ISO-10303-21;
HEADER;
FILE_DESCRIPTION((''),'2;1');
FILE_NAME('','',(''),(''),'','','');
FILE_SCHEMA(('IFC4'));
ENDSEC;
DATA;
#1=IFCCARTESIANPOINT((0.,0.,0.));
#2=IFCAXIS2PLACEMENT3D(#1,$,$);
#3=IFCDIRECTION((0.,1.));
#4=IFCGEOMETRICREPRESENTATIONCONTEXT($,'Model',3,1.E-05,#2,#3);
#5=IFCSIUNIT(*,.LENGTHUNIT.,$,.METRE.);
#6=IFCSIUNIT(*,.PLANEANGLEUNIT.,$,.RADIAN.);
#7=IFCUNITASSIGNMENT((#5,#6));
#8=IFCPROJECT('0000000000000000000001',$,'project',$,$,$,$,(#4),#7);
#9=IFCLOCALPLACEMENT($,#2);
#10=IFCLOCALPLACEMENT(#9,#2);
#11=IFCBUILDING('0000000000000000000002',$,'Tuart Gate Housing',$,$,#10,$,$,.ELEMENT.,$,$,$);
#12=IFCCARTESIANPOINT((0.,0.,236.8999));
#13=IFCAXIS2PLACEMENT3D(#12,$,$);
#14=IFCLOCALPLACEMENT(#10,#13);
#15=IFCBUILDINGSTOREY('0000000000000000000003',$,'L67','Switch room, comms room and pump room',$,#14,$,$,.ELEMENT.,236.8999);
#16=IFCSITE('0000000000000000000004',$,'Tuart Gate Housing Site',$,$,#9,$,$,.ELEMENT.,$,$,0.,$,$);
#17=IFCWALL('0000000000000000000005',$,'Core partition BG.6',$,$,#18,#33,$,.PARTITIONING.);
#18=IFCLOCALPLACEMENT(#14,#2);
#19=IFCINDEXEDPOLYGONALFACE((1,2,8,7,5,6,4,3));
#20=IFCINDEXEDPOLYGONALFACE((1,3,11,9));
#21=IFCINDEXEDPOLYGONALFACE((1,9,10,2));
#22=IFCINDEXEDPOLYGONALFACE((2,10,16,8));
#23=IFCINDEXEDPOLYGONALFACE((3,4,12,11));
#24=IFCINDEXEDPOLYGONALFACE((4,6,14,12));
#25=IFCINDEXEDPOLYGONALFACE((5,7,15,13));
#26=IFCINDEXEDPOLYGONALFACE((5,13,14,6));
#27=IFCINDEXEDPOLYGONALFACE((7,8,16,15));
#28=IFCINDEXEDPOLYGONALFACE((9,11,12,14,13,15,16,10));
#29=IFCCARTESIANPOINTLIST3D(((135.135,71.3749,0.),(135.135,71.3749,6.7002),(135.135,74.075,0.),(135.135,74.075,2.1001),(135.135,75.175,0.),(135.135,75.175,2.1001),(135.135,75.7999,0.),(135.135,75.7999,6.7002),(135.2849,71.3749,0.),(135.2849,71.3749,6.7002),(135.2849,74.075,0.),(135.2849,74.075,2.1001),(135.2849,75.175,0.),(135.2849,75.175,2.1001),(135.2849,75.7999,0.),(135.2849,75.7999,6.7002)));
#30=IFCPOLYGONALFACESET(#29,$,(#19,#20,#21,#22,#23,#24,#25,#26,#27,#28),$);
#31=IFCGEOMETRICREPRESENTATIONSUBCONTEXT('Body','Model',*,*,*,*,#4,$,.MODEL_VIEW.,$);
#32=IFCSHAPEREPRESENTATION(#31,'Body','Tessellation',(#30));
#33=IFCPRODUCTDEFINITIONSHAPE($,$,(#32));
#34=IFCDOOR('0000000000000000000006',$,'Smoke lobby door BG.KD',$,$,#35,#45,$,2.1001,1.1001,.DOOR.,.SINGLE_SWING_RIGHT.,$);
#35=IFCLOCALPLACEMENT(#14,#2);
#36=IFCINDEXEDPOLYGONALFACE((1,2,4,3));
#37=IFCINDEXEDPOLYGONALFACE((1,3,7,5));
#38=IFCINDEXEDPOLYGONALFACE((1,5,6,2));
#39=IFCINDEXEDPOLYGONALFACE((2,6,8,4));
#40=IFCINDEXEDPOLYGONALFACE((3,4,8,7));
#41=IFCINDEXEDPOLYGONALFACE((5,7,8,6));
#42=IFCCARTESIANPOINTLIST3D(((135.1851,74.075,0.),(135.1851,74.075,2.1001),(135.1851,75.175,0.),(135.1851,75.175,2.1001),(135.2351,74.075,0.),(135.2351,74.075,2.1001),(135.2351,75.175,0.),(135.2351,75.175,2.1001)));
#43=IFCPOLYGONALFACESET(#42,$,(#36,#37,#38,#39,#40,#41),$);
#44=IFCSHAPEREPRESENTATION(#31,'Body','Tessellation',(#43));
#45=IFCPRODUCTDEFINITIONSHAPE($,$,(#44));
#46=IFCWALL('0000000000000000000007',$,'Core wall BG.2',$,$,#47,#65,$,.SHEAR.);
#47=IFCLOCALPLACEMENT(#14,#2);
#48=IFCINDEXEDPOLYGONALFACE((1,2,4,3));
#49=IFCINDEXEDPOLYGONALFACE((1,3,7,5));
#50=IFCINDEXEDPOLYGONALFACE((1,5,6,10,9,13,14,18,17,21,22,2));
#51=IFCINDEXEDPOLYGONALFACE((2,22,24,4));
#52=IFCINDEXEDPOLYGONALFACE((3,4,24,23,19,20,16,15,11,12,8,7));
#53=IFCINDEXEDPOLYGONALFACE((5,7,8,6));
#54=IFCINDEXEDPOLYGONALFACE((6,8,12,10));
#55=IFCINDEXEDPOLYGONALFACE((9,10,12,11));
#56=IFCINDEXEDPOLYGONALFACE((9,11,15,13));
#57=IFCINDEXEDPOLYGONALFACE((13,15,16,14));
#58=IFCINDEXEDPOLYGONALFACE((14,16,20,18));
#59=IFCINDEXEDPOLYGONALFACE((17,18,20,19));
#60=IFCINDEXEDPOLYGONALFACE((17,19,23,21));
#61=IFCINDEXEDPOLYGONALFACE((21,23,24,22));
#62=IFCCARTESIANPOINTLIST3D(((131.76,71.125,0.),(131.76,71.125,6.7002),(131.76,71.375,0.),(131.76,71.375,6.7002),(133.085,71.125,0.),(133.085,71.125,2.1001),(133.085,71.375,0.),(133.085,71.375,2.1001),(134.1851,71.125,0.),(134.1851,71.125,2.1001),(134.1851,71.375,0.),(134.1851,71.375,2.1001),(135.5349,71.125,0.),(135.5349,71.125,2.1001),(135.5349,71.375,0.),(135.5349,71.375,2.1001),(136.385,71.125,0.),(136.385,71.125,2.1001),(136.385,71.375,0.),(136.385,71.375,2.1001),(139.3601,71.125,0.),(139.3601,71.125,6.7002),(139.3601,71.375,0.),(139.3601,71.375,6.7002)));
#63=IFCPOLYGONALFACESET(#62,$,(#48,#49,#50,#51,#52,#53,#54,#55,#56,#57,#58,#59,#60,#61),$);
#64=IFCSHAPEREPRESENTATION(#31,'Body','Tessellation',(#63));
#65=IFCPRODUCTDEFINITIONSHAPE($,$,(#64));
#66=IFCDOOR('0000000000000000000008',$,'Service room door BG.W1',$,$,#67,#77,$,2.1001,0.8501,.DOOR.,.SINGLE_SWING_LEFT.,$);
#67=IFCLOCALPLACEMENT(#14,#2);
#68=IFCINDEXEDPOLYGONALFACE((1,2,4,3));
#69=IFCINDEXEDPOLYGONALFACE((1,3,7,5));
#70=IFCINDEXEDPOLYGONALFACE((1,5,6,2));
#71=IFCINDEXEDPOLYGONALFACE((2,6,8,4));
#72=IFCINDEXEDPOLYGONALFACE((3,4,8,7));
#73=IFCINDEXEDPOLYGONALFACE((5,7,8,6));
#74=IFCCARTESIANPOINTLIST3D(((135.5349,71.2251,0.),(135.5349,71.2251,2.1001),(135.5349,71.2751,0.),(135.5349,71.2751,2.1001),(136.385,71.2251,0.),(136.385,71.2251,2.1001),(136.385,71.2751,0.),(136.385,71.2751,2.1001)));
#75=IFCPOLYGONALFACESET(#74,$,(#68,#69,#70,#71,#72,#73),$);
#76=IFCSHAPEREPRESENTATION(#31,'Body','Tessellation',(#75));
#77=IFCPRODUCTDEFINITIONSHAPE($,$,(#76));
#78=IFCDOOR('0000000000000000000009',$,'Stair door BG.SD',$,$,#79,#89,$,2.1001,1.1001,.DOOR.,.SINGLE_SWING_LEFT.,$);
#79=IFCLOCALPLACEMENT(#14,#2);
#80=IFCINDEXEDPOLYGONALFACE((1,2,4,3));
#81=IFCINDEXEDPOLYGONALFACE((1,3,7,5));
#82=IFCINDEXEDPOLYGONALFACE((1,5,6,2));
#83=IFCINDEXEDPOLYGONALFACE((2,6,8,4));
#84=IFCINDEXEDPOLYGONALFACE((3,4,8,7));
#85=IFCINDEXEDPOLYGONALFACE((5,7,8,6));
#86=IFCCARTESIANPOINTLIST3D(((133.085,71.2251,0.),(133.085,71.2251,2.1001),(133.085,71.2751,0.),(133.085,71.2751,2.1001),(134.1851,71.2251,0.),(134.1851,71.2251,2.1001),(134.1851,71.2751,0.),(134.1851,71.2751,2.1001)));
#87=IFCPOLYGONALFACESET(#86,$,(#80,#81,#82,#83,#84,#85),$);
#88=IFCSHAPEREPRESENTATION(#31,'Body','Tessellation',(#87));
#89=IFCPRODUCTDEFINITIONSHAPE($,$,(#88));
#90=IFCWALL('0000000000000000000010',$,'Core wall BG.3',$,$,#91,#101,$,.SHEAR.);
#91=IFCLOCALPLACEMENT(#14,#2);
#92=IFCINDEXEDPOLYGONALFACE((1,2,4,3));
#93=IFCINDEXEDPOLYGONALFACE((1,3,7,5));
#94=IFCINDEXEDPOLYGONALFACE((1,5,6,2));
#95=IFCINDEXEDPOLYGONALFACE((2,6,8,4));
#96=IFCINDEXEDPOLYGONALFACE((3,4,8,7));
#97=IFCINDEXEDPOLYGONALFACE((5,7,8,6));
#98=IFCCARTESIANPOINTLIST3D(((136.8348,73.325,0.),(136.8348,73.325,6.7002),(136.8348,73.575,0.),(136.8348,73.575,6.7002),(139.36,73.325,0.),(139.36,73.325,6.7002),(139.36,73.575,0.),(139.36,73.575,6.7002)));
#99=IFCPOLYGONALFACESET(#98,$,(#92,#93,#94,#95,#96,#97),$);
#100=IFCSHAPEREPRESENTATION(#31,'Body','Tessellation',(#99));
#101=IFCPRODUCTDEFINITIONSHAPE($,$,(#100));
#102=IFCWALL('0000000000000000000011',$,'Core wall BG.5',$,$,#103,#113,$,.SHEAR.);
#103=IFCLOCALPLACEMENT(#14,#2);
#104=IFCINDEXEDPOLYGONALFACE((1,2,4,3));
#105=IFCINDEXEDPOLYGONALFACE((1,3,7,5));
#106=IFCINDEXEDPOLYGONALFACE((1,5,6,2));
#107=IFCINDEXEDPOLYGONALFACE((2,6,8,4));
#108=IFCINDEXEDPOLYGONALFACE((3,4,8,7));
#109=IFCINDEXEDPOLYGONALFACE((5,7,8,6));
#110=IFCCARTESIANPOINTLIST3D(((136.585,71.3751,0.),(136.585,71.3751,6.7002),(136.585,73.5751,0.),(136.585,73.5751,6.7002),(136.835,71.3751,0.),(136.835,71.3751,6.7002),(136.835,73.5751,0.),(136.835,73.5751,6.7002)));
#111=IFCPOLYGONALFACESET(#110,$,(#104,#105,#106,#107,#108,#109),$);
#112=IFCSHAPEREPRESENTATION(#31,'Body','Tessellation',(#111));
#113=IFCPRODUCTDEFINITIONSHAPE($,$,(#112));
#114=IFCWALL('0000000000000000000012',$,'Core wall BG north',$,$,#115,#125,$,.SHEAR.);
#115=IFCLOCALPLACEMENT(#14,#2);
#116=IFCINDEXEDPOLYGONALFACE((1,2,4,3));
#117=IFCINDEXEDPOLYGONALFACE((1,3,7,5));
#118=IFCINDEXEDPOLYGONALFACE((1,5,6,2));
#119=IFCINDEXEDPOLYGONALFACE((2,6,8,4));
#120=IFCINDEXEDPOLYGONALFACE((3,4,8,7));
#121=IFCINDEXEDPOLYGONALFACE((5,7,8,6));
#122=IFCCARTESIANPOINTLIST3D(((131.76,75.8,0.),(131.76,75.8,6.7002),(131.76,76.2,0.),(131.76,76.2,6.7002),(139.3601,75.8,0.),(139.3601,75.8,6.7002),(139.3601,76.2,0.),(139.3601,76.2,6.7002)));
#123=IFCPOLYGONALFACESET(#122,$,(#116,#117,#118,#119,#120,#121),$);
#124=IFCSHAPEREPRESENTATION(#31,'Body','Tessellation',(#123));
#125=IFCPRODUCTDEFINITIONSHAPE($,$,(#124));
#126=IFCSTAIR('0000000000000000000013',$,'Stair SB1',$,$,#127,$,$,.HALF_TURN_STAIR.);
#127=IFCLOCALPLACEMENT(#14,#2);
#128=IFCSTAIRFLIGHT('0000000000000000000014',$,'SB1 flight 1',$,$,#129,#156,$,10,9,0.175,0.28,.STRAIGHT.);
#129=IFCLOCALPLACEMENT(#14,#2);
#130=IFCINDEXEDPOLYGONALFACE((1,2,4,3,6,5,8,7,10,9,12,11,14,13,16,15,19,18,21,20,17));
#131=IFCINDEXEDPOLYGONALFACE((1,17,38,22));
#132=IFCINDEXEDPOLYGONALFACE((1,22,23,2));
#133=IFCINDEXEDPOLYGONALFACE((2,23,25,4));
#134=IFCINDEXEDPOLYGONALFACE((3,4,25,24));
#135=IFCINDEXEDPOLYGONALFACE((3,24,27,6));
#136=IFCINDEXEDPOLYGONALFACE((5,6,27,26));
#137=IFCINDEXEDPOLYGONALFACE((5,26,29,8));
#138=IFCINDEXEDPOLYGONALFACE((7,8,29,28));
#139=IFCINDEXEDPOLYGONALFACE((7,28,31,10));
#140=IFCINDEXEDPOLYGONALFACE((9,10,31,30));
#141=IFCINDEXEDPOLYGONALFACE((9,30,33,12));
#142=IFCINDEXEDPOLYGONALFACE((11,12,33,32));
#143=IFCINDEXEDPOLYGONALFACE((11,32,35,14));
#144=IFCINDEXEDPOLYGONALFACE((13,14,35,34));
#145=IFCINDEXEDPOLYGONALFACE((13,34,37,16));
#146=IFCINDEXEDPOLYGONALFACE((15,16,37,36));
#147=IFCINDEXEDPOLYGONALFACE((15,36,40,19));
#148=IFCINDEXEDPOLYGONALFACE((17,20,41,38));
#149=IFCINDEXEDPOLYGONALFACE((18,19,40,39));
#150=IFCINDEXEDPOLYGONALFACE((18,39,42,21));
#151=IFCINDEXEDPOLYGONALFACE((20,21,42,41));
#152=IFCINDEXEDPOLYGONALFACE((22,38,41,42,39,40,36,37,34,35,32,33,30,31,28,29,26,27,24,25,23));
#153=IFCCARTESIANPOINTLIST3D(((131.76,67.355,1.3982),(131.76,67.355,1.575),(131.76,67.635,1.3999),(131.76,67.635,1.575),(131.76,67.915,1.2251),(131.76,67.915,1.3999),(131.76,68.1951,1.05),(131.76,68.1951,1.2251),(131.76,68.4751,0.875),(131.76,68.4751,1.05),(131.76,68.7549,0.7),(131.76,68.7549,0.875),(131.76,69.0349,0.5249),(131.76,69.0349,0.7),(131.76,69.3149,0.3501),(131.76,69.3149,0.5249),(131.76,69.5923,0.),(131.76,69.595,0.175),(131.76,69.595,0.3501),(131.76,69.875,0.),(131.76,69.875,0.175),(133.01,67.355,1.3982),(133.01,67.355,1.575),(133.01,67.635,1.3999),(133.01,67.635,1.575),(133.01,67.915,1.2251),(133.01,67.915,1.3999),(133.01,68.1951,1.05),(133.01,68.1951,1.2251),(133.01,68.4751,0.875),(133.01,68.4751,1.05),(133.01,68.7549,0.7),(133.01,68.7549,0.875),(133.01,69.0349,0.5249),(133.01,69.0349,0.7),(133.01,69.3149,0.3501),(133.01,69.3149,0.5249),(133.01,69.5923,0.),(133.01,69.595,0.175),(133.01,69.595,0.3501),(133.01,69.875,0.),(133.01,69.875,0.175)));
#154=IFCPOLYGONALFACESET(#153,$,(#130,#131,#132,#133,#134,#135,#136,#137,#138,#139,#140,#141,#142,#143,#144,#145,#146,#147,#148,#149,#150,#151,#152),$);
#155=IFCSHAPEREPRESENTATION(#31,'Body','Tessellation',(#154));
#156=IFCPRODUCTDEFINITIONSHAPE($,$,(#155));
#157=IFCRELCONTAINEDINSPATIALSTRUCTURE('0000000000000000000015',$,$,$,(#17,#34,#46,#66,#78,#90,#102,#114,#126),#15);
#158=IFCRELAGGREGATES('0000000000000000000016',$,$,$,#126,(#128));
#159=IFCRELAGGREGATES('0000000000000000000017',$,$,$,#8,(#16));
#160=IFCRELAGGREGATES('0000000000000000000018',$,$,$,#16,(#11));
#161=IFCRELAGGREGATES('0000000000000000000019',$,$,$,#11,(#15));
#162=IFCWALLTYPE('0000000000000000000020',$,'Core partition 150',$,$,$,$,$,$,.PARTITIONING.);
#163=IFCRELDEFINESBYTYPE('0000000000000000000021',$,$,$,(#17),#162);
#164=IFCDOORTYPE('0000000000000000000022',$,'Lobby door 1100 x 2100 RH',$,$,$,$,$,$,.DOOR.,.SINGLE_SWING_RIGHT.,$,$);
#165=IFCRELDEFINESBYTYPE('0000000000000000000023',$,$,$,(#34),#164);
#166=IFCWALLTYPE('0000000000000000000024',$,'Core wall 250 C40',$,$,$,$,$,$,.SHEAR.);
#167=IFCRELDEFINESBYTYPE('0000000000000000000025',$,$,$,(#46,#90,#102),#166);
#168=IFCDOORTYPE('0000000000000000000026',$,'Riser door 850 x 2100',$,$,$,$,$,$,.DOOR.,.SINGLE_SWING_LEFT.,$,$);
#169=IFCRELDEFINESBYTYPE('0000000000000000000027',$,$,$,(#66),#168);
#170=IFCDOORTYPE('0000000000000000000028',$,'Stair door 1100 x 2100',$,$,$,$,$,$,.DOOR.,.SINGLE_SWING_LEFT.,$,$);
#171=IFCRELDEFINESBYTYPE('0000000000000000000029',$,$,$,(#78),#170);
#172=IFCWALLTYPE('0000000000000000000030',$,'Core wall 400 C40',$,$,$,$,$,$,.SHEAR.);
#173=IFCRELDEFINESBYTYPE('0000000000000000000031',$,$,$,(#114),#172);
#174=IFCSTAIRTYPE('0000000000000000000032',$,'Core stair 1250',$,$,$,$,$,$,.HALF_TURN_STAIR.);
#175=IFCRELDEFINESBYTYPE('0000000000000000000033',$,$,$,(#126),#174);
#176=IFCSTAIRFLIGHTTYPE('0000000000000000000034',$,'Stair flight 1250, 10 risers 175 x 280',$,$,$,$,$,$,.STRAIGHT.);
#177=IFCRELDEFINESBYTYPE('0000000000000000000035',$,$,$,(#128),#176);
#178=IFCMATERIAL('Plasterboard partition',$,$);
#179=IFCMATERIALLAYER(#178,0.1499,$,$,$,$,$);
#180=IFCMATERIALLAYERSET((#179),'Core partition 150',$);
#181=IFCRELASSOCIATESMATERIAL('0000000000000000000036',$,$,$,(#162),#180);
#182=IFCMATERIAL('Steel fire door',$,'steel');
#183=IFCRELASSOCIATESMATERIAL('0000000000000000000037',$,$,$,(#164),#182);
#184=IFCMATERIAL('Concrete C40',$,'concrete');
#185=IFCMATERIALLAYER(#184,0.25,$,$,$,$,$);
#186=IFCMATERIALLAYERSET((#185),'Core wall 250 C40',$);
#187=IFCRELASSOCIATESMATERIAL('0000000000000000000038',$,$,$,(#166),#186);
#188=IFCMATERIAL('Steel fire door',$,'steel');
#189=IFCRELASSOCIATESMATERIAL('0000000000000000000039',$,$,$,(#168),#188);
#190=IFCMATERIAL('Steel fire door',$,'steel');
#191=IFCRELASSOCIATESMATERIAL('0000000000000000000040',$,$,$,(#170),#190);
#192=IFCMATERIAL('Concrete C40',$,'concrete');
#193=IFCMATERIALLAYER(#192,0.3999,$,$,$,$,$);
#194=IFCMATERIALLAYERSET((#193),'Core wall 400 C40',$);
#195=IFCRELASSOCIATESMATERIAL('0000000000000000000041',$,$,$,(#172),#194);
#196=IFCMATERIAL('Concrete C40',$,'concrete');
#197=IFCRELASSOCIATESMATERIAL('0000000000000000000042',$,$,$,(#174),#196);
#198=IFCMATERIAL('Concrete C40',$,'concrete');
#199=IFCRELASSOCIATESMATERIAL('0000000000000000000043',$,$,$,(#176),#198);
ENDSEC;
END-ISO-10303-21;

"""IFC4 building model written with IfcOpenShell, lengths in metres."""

from ifc_helpers import new_model, si_unit, direction, frame, frame_2d, origin, place, context, subcontext, project, spatial, polyline, rectangle, outline, extrude, material, layer, layer_set, type_object, element, fill, aggregate, save


model = new_model("IFC4")

# Units and contexts
model_context = context("Model", 3, precision=1e-05, world=origin(), true_north=direction((0.0, 1.0)))
body_context = subcontext(model_context, "Body", "Model", "MODEL_VIEW")
ifc_project = project(units=[si_unit("LENGTHUNIT", "METRE"), si_unit("PLANEANGLEUNIT", "RADIAN")], contexts=[model_context])

# Site, building, storey
site_placement = place(None, origin())
site = spatial("IfcSite", under=ifc_project, at=site_placement, Name="Tuart Gate Housing Site", CompositionType="ELEMENT", RefElevation=0.0)
building_placement = place(site_placement, origin())
building = spatial("IfcBuilding", under=site, at=building_placement, Name="Tuart Gate Housing", CompositionType="ELEMENT")
storey_placement = place(building_placement, frame((0.0, 0.0, 236.8999)))
storey = spatial("IfcBuildingStorey", under=building, at=storey_placement, Name="L67", Description="Switch room, comms room and pump room", CompositionType="ELEMENT", Elevation=236.8999)

# Wall, opening, door
ifc_material_1 = material(Name="Plasterboard partition")
ifc_layer_1 = layer(ifc_material_1, 0.1499)
ifc_layer_set_1 = layer_set([ifc_layer_1], Name="Core partition 150")
wall_type_1 = type_object("IfcWallType", Name="Core partition 150", PredefinedType="PARTITIONING", material=ifc_layer_set_1)
wall_1_placement = place(storey_placement, frame((135.21, 71.375, 0.0), z_axis=(0.0, 0.0, 1.0), x_axis=(0.0, 1.0, 0.0)))
wall_1 = element("IfcWall", 1, at=wall_1_placement, inside=storey, type_object=wall_type_1, Name="Core partition BG.6", PredefinedType="PARTITIONING", context=body_context, shape_type="SweptSolid", body=[
    extrude(rectangle(XDim=4.425, YDim=0.1499, at=frame_2d((2.2124, 0.0))), origin(), (0.0, 0.0, 1.0), 6.7002),
])
opening_1_placement = place(wall_1_placement, frame((2.7, 0.0, 0.0)))
opening_1 = element("IfcOpeningElement", 2, at=opening_1_placement, cuts=wall_1, PredefinedType="OPENING", context=body_context, shape_type="SweptSolid", body=[
    extrude(rectangle(XDim=1.1001, YDim=2.1001, at=frame_2d((0.55, 1.05))), frame((0.0, 0.085, 0.0), z_axis=(0.0, -1.0, 0.0), x_axis=(1.0, 0.0, 0.0)), (0.0, 0.0, 1.0), 0.1699),
])
ifc_material_2 = material(Name="Steel fire door", Category="steel")
door_type_1 = type_object("IfcDoorType", Name="Lobby door 1100 x 2100 RH", OperationType="SINGLE_SWING_RIGHT", PredefinedType="DOOR", material=ifc_material_2)
door_1_placement = place(opening_1_placement, origin())
door_1 = element("IfcDoor", 3, at=door_1_placement, inside=storey, type_object=door_type_1, Name="Smoke lobby door BG.KD", OperationType="SINGLE_SWING_RIGHT", OverallHeight=2.1001, OverallWidth=1.1001, PredefinedType="DOOR", context=body_context, shape_type="SweptSolid", body=[
    extrude(rectangle(XDim=1.1001, YDim=2.1001, at=frame_2d((0.55, 1.05))), frame((0.0, 0.0249, 0.0), z_axis=(0.0, -1.0, 0.0), x_axis=(1.0, 0.0, 0.0)), (0.0, 0.0, 1.0), 0.05),
])
fill(opening_1, door_1)

# Wall, openings, doors
ifc_material_3 = material(Name="Concrete C40", Category="concrete")
ifc_layer_2 = layer(ifc_material_3, 0.25)
ifc_layer_set_2 = layer_set([ifc_layer_2], Name="Core wall 250 C40")
wall_type_2 = type_object("IfcWallType", Name="Core wall 250 C40", PredefinedType="SHEAR", material=ifc_layer_set_2)
wall_2_placement = place(storey_placement, frame((139.3601, 71.25, 0.0), z_axis=(0.0, 0.0, 1.0), x_axis=(-1.0, 0.0, 0.0)))
wall_2 = element("IfcWall", 4, at=wall_2_placement, inside=storey, type_object=wall_type_2, Name="Core wall BG.2", PredefinedType="SHEAR", context=body_context, shape_type="SweptSolid", body=[
    extrude(rectangle(XDim=7.6001, YDim=0.25, at=frame_2d((3.8, 0.0))), origin(), (0.0, 0.0, 1.0), 6.7002),
])
opening_2_placement = place(wall_2_placement, frame((5.175, 0.0, 0.0)))
opening_2 = element("IfcOpeningElement", 5, at=opening_2_placement, cuts=wall_2, PredefinedType="OPENING", context=body_context, shape_type="SweptSolid", body=[
    extrude(rectangle(XDim=1.1001, YDim=2.1001, at=frame_2d((0.55, 1.05))), frame((0.0, 0.135, 0.0), z_axis=(0.0, -1.0, 0.0), x_axis=(1.0, 0.0, 0.0)), (0.0, 0.0, 1.0), 0.27),
])
opening_3_placement = place(wall_2_placement, frame((2.9751, 0.0, 0.0)))
opening_3 = element("IfcOpeningElement", 6, at=opening_3_placement, cuts=wall_2, PredefinedType="OPENING", context=body_context, shape_type="SweptSolid", body=[
    extrude(rectangle(XDim=0.8501, YDim=2.1001, at=frame_2d((0.425, 1.05))), frame((0.0, 0.135, 0.0), z_axis=(0.0, -1.0, 0.0), x_axis=(1.0, 0.0, 0.0)), (0.0, 0.0, 1.0), 0.27),
])
ifc_material_4 = material(Name="Steel fire door", Category="steel")
door_type_2 = type_object("IfcDoorType", Name="Riser door 850 x 2100", OperationType="SINGLE_SWING_LEFT", PredefinedType="DOOR", material=ifc_material_4)
door_2_placement = place(opening_3_placement, origin())
door_2 = element("IfcDoor", 7, at=door_2_placement, inside=storey, type_object=door_type_2, Name="Service room door BG.W1", OperationType="SINGLE_SWING_LEFT", OverallHeight=2.1001, OverallWidth=0.8501, PredefinedType="DOOR", context=body_context, shape_type="SweptSolid", body=[
    extrude(rectangle(XDim=0.8501, YDim=2.1001, at=frame_2d((0.425, 1.05))), frame((0.0, 0.0249, 0.0), z_axis=(0.0, -1.0, 0.0), x_axis=(1.0, 0.0, 0.0)), (0.0, 0.0, 1.0), 0.05),
])
fill(opening_3, door_2)
ifc_material_5 = material(Name="Steel fire door", Category="steel")
door_type_3 = type_object("IfcDoorType", Name="Stair door 1100 x 2100", OperationType="SINGLE_SWING_LEFT", PredefinedType="DOOR", material=ifc_material_5)
door_3_placement = place(opening_2_placement, origin())
door_3 = element("IfcDoor", 8, at=door_3_placement, inside=storey, type_object=door_type_3, Name="Stair door BG.SD", OperationType="SINGLE_SWING_LEFT", OverallHeight=2.1001, OverallWidth=1.1001, PredefinedType="DOOR", context=body_context, shape_type="SweptSolid", body=[
    extrude(rectangle(XDim=1.1001, YDim=2.1001, at=frame_2d((0.55, 1.05))), frame((0.0, 0.0249, 0.0), z_axis=(0.0, -1.0, 0.0), x_axis=(1.0, 0.0, 0.0)), (0.0, 0.0, 1.0), 0.05),
])
fill(opening_2, door_3)

# Walls
wall_3_placement = place(storey_placement, frame((139.3601, 73.45, 0.0), z_axis=(0.0, 0.0, 1.0), x_axis=(-1.0, 0.0, 0.0)))
element("IfcWall", 9, at=wall_3_placement, inside=storey, type_object=wall_type_2, Name="Core wall BG.3", PredefinedType="SHEAR", context=body_context, shape_type="SweptSolid", body=[
    extrude(rectangle(XDim=2.5251, YDim=0.25, at=frame_2d((1.2627, 0.0))), origin(), (0.0, 0.0, 1.0), 6.7002),
])
wall_4_placement = place(storey_placement, frame((136.71, 71.375, 0.0), z_axis=(0.0, 0.0, 1.0), x_axis=(0.0, 1.0, 0.0)))
element("IfcWall", 10, at=wall_4_placement, inside=storey, type_object=wall_type_2, Name="Core wall BG.5", PredefinedType="SHEAR", context=body_context, shape_type="SweptSolid", body=[
    extrude(rectangle(XDim=2.2, YDim=0.25, at=frame_2d((1.1001, 0.0))), origin(), (0.0, 0.0, 1.0), 6.7002),
])
ifc_material_6 = material(Name="Concrete C40", Category="concrete")
ifc_layer_3 = layer(ifc_material_6, 0.3999)
ifc_layer_set_3 = layer_set([ifc_layer_3], Name="Core wall 400 C40")
wall_type_3 = type_object("IfcWallType", Name="Core wall 400 C40", PredefinedType="SHEAR", material=ifc_layer_set_3)
wall_5_placement = place(storey_placement, frame((139.3601, 76.0, 0.0), z_axis=(0.0, 0.0, 1.0), x_axis=(-1.0, 0.0, 0.0)))
element("IfcWall", 11, at=wall_5_placement, inside=storey, type_object=wall_type_3, Name="Core wall BG north", PredefinedType="SHEAR", context=body_context, shape_type="SweptSolid", body=[
    extrude(rectangle(XDim=7.6001, YDim=0.3999, at=frame_2d((3.8, 0.0))), origin(), (0.0, 0.0, 1.0), 6.7002),
])

# Stair, stair flight
ifc_material_7 = material(Name="Concrete C40", Category="concrete")
stair_type = type_object("IfcStairType", Name="Core stair 1250", PredefinedType="HALF_TURN_STAIR", material=ifc_material_7)
stair_placement = place(storey_placement, origin())
stair = element("IfcStair", 12, at=stair_placement, inside=storey, type_object=stair_type, Name="Stair SB1", PredefinedType="HALF_TURN_STAIR")
ifc_material_8 = material(Name="Concrete C40", Category="concrete")
stair_flight_type = type_object("IfcStairFlightType", Name="Stair flight 1250, 10 risers 175 x 280", PredefinedType="STRAIGHT", material=ifc_material_8)
stair_flight_1_placement = place(storey_placement, frame((132.385, 69.875, 0.0), z_axis=(0.0, 0.0, 1.0), x_axis=(0.0, -1.0, 0.0)))
stair_flight_1 = element("IfcStairFlight", 13, at=stair_flight_1_placement, type_object=stair_flight_type, Name="SB1 flight 1", NumberOfRisers=10, NumberOfTreads=9, PredefinedType="STRAIGHT", RiserHeight=0.175, TreadLength=0.28, context=body_context, shape_type="SweptSolid", body=[
    extrude(outline(polyline([(0.0, 0.0), (0.0, 0.175), (0.28, 0.175), (0.28, 0.3501), (0.5601, 0.3501), (0.5601, 0.5249), (0.8401, 0.5249), (0.8401, 0.7), (1.1201, 0.7), (1.1201, 0.875), (1.3999, 0.875), (1.3999, 1.05), (1.6799, 1.05), (1.6799, 1.2251), (1.96, 1.2251), (1.96, 1.3999), (2.24, 1.3999), (2.24, 1.575), (2.52, 1.575), (2.52, 1.75), (2.52, 1.3982), (0.2827, 0.0), (0.0, 0.0)])), frame((0.0, 0.625, 0.0), z_axis=(0.0, -1.0, 0.0), x_axis=(1.0, 0.0, 0.0)), (0.0, 0.0, 1.0), 1.25),
])
aggregate(stair, [stair_flight_1])

save(model, "model.ifc")
